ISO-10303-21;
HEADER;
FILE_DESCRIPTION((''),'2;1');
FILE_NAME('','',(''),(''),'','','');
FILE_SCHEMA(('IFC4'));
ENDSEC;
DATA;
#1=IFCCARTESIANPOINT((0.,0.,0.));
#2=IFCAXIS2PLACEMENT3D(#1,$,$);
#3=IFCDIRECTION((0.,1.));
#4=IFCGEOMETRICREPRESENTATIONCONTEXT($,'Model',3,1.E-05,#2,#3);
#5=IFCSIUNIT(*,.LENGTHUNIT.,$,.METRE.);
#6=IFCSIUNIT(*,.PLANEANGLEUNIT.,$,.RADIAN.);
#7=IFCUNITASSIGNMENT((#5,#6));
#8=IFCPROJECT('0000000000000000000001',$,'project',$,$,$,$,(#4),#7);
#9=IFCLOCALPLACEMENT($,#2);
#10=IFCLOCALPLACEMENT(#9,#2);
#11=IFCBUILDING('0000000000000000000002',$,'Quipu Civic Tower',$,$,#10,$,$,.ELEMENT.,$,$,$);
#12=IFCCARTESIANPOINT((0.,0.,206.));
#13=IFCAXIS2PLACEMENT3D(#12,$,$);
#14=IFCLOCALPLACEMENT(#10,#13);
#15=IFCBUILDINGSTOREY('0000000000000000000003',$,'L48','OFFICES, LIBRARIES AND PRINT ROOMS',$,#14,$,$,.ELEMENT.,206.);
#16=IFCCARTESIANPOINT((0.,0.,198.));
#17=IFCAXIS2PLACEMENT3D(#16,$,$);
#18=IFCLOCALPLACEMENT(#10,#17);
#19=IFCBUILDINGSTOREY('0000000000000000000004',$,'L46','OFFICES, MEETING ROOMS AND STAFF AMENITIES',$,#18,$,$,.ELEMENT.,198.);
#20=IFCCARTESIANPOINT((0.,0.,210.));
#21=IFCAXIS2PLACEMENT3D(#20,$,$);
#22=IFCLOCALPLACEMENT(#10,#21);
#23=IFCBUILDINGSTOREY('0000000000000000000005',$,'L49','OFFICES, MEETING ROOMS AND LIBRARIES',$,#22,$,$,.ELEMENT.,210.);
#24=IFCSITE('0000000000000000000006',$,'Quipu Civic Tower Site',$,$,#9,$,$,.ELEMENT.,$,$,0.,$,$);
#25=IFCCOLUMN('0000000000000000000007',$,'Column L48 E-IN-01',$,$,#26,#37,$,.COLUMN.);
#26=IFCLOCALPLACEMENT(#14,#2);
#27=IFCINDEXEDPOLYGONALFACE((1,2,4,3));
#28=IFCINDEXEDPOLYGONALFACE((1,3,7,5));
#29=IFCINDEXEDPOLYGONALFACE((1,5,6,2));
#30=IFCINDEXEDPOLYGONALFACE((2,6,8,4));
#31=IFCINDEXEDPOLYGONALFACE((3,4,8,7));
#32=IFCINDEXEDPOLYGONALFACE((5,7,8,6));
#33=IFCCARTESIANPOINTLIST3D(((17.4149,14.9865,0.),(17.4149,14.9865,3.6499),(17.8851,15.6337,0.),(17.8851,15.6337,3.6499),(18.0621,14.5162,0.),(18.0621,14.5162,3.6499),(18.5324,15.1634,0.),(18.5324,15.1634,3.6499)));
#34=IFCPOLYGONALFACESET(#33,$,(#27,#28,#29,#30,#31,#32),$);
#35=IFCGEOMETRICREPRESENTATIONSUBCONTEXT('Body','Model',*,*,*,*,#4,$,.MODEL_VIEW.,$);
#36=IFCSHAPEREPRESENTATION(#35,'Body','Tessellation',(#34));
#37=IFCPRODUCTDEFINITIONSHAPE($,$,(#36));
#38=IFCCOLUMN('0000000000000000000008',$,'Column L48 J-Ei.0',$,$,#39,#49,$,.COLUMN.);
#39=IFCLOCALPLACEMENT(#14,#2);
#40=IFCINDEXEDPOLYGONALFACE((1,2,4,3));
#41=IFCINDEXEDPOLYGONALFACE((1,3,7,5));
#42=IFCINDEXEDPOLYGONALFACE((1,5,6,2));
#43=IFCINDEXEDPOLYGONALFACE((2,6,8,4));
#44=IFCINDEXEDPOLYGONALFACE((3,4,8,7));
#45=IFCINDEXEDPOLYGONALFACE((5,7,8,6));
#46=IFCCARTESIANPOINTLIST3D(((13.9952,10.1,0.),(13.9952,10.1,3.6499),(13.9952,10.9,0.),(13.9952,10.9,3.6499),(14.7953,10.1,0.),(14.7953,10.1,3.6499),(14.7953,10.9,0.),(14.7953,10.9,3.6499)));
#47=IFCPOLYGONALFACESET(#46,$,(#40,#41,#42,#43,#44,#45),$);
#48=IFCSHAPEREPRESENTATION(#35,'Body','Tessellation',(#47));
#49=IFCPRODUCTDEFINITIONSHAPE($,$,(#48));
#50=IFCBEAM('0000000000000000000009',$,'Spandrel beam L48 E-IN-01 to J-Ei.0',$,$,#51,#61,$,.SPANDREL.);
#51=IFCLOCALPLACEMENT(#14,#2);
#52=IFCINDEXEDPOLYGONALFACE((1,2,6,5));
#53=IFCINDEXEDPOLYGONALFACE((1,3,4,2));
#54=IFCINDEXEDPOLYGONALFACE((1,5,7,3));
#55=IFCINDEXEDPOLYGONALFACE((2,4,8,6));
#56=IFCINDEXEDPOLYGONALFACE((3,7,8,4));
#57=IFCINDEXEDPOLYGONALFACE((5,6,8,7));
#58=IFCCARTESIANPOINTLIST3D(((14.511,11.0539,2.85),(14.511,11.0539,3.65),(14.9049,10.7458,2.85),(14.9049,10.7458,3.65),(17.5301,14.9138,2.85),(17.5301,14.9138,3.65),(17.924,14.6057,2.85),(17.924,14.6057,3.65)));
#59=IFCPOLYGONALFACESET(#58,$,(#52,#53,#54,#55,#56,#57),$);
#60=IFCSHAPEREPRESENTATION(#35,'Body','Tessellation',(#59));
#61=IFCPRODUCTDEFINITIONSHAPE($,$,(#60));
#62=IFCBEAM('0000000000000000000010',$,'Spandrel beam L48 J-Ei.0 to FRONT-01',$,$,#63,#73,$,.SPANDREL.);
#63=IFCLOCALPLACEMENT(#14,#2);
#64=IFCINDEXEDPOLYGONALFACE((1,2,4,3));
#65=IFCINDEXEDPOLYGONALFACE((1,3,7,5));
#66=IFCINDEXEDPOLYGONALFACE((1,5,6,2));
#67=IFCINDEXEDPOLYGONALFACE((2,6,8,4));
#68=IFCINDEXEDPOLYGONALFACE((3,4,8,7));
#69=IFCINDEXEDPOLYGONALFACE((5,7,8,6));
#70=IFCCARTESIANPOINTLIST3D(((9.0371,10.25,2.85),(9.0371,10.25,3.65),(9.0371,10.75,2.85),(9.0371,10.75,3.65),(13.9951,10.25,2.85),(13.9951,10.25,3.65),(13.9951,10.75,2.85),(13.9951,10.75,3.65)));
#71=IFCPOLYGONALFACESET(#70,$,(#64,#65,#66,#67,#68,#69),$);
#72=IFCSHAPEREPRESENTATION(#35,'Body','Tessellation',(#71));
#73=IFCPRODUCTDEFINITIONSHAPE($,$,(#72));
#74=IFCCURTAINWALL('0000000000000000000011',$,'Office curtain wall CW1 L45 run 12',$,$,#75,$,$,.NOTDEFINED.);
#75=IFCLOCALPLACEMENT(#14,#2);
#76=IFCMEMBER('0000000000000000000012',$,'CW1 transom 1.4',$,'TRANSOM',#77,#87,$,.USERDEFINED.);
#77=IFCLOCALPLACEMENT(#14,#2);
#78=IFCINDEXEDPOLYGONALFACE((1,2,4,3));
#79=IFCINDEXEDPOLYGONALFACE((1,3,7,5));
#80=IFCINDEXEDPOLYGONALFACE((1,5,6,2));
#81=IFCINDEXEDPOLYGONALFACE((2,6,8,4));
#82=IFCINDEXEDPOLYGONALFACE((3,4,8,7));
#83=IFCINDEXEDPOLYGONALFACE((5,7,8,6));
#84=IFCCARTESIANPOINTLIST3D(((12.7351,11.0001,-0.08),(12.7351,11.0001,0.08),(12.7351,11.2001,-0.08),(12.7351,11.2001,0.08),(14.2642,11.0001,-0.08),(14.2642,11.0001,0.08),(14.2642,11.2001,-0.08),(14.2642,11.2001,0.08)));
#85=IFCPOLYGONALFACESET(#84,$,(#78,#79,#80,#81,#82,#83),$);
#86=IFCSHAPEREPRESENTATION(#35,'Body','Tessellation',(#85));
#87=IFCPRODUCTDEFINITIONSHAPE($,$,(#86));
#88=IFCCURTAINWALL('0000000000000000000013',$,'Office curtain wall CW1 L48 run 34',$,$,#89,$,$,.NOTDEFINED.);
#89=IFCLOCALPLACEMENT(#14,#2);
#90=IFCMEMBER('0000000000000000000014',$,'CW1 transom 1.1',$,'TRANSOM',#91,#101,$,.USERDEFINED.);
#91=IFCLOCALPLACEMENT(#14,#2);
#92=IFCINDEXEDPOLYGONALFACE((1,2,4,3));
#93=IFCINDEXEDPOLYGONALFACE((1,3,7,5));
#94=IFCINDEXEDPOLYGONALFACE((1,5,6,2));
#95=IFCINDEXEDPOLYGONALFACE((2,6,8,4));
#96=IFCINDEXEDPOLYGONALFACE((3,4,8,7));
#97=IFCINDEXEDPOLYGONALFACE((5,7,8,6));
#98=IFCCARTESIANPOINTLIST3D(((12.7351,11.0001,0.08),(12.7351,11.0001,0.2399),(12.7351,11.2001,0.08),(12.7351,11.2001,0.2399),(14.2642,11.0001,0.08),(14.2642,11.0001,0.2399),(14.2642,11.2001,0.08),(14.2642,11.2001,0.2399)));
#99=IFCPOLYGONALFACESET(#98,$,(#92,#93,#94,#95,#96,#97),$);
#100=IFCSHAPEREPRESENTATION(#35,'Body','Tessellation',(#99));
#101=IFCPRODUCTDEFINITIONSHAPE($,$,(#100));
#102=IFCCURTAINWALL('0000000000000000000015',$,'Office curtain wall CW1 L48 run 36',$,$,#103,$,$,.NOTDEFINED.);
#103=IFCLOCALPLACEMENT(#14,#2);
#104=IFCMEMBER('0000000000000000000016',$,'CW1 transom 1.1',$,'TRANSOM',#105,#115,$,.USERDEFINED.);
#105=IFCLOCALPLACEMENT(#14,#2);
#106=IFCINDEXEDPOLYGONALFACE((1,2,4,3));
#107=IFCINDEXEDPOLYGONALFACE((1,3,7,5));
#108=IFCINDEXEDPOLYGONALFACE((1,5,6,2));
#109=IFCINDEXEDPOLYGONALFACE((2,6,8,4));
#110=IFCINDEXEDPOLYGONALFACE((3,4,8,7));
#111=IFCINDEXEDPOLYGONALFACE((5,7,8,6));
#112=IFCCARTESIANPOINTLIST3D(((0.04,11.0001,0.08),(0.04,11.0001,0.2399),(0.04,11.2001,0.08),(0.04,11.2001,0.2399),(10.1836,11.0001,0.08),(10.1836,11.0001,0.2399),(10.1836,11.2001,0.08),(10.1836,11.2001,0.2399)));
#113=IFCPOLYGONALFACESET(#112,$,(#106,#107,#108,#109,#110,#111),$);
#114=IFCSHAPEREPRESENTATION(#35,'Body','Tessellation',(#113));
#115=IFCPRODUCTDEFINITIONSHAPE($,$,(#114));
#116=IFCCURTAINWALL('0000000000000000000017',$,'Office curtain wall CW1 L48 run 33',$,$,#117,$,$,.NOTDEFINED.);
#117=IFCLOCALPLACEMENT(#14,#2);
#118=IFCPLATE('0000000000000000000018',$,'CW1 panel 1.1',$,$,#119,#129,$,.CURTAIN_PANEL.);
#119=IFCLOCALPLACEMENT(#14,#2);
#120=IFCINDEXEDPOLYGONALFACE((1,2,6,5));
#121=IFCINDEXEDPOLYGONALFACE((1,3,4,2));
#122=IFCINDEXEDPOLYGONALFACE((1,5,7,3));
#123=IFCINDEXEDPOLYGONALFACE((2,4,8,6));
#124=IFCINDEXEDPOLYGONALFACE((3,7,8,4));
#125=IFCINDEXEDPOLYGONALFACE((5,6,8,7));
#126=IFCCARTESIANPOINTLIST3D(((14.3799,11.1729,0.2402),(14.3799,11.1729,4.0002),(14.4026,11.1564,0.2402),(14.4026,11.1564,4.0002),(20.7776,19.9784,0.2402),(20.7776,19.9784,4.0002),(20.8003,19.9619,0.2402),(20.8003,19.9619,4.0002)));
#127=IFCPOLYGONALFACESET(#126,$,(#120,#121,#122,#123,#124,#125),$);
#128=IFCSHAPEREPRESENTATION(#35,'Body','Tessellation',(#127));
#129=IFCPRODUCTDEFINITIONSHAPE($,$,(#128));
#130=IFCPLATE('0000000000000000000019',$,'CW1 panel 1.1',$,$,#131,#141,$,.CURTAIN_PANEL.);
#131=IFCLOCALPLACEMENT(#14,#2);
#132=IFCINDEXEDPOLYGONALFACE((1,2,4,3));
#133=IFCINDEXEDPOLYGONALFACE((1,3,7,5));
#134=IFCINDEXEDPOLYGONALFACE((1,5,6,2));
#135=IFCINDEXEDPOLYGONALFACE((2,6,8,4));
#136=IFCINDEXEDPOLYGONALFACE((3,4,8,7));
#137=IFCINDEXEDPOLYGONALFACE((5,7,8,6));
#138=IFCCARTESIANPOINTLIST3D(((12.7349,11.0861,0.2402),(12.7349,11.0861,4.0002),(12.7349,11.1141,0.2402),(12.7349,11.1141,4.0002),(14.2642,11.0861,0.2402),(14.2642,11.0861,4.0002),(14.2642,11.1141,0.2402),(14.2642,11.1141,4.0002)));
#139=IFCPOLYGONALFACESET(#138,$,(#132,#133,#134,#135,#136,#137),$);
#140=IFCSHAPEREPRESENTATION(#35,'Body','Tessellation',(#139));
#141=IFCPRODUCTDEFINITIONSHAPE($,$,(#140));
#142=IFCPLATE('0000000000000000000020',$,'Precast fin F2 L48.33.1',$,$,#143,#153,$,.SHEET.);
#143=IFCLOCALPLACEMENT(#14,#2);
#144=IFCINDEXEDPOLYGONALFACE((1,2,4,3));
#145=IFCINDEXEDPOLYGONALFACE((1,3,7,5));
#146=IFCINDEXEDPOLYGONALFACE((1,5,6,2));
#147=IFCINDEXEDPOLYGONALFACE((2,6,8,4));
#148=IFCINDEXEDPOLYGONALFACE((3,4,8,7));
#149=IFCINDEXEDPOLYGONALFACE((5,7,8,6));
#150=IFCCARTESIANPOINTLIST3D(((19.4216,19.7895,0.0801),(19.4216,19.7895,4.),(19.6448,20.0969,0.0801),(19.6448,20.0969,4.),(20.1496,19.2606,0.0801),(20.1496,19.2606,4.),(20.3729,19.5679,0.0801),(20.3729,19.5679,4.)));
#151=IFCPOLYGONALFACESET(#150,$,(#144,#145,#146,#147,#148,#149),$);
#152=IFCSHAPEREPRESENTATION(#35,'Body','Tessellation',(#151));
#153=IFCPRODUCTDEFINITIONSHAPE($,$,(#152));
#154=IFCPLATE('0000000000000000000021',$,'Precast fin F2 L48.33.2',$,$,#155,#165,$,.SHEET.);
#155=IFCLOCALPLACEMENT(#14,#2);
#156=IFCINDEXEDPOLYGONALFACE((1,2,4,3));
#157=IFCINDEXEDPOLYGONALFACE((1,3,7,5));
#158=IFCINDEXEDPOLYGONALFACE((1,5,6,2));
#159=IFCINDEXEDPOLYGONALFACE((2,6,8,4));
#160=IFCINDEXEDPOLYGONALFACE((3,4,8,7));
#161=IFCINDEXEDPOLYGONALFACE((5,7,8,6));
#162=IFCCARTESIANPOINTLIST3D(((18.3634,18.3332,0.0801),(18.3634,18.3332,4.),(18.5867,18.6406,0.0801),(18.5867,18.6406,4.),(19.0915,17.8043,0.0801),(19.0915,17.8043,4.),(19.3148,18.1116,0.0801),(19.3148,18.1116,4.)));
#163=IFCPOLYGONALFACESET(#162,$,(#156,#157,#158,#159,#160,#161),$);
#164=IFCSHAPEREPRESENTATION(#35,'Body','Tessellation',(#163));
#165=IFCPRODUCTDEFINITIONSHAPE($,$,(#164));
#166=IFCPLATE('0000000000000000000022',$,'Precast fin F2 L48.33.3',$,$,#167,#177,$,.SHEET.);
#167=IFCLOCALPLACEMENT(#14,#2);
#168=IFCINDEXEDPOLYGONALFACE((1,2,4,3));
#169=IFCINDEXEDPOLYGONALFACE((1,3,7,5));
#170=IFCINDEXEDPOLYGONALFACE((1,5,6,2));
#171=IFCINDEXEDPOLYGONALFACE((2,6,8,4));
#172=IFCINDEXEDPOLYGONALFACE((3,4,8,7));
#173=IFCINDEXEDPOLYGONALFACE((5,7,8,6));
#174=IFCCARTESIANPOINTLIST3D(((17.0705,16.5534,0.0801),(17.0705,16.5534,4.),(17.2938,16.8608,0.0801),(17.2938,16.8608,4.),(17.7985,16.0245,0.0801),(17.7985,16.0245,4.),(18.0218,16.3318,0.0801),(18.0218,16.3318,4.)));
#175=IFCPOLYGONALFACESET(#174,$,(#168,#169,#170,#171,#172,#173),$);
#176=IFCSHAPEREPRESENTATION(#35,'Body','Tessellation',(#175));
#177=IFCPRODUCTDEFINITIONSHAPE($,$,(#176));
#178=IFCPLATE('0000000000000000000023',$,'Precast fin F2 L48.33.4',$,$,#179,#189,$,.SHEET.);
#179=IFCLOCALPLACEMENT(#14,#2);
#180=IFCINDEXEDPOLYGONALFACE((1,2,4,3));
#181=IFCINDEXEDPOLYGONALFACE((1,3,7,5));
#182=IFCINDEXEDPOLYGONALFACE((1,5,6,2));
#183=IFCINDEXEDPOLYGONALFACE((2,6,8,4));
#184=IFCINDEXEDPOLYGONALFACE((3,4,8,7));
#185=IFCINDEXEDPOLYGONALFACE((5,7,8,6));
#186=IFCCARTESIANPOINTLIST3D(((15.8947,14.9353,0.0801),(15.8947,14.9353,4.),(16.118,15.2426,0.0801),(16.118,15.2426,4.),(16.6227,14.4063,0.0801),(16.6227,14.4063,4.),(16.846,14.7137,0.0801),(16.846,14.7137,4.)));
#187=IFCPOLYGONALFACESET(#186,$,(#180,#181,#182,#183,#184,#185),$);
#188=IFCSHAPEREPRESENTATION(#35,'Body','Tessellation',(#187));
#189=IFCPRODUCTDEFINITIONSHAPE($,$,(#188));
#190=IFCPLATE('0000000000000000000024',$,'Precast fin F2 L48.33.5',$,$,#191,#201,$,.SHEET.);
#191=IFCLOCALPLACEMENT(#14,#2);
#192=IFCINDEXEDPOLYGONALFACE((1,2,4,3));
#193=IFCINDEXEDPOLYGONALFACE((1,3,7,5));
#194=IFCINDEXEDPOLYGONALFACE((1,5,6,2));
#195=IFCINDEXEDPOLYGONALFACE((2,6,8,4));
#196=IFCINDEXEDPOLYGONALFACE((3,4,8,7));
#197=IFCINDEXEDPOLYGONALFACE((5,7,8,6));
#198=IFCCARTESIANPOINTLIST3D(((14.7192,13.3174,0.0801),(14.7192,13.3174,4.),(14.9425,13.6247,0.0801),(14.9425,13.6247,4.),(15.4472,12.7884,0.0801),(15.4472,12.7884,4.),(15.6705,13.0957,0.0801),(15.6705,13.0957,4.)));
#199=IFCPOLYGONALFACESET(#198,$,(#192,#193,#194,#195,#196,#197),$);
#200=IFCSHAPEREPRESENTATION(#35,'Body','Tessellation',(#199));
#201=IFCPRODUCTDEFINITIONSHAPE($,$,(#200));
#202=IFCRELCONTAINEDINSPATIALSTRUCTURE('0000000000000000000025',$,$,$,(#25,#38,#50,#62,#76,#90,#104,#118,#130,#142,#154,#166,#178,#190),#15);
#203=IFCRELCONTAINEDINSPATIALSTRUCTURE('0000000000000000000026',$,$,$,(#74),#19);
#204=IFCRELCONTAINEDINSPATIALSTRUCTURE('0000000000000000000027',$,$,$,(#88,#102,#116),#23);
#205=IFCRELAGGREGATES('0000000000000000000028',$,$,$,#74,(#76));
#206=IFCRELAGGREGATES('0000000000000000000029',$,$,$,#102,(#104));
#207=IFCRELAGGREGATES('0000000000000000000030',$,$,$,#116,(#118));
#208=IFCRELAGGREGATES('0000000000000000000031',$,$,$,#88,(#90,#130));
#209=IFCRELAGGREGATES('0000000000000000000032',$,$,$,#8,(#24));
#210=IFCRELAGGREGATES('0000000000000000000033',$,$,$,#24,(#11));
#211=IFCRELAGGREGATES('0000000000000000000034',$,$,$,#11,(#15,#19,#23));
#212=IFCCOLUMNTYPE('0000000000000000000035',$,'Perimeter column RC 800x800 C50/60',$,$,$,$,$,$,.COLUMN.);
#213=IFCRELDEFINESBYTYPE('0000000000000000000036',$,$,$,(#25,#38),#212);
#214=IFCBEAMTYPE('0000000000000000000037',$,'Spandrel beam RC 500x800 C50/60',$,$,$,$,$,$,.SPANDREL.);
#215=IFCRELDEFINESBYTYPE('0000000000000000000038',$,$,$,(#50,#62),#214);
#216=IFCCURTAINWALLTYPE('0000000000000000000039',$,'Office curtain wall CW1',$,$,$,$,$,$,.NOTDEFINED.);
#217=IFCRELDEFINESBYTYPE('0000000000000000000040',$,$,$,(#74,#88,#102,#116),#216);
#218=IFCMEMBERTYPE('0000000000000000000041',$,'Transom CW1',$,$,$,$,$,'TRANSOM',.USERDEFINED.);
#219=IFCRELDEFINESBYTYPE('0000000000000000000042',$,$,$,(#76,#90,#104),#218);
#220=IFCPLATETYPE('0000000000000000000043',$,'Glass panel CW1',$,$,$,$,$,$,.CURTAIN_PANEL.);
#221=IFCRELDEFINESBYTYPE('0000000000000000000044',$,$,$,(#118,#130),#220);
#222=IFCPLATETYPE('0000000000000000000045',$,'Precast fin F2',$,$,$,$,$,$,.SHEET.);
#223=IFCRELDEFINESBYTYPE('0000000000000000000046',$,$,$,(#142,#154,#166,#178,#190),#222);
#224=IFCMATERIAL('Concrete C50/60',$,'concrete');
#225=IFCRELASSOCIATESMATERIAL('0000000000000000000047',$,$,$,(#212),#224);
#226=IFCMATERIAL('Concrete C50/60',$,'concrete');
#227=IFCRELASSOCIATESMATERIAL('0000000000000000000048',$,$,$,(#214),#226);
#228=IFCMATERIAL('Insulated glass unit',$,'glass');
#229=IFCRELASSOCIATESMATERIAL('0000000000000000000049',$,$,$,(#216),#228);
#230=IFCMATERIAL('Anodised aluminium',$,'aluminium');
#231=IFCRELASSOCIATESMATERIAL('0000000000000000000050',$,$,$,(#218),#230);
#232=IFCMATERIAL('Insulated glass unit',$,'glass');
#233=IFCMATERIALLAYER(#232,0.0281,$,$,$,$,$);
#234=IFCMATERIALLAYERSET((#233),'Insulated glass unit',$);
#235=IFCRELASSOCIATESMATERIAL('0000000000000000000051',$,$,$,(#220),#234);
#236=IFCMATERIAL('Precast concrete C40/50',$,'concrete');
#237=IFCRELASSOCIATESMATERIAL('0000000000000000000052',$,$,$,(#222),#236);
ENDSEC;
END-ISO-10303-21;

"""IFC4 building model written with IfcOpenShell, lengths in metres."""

from ifc_helpers import new_model, si_unit, direction, frame, origin, origin_2d, place, context, subcontext, project, spatial, rectangle, extrude, material, layer, layer_set, material_profile, profile_set, type_object, element, aggregate, save


model = new_model("IFC4")

# Units and contexts
model_context = context("Model", 3, precision=1e-05, world=origin(), true_north=direction((0.0, 1.0)))
body_context = subcontext(model_context, "Body", "Model", "MODEL_VIEW")
ifc_project = project(units=[si_unit("LENGTHUNIT", "METRE"), si_unit("PLANEANGLEUNIT", "RADIAN")], contexts=[model_context])

# Site, building, storey
site_placement = place(None, origin())
site = spatial("IfcSite", under=ifc_project, at=site_placement, Name="Quipu Civic Tower Site", CompositionType="ELEMENT", RefElevation=0.0)
building_placement = place(site_placement, origin())
building = spatial("IfcBuilding", under=site, at=building_placement, Name="Quipu Civic Tower", CompositionType="ELEMENT")
storey_1_placement = place(building_placement, frame((0.0, 0.0, 206.0)))
storey_1 = spatial("IfcBuildingStorey", under=building, at=storey_1_placement, Name="L48", Description="OFFICES, LIBRARIES AND PRINT ROOMS", CompositionType="ELEMENT", Elevation=206.0)

# Columns
ifc_material_1 = material(Name="Concrete C50/60", Category="concrete")
ifc_material_profile_1 = material_profile(ifc_material_1, rectangle(XDim=0.8, YDim=0.8, at=origin_2d()), Name="RC800x800")
ifc_profile_set_1 = profile_set([ifc_material_profile_1], Name="Concrete C50/60")
column_type = type_object("IfcColumnType", Name="Perimeter column RC 800x800 C50/60", PredefinedType="COLUMN", material=ifc_profile_set_1)
for number, where, z_axis, x_axis, name in (
    (1, (17.9736, 15.075, 0.0), (0.0, 0.0, 1.0), (-0.587785, -0.809017, 0.0), "Column L48 E-IN-01"),
    (2, (14.3953, 10.5, 0.0), (0.0, 0.0, 1.0), (-1.0, 0.0, 0.0), "Column L48 J-Ei.0"),
):
    element("IfcColumn", number, at=place(storey_1_placement, frame(where, z_axis=z_axis, x_axis=x_axis)), inside=storey_1, type_object=column_type, Name=name, PredefinedType="COLUMN", context=body_context, shape_type="SweptSolid", body=[
        extrude(rectangle(XDim=0.8, YDim=0.8, at=origin_2d()), origin(), (0.0, 0.0, 1.0), 3.6499),
    ])

# Beams
ifc_material_2 = material(Name="Concrete C50/60", Category="concrete")
ifc_material_profile_2 = material_profile(ifc_material_2, rectangle(XDim=0.5, YDim=0.8, at=origin_2d()), Name="RC500x800")
ifc_profile_set_2 = profile_set([ifc_material_profile_2], Name="Concrete C50/60")
beam_type = type_object("IfcBeamType", Name="Spandrel beam RC 500x800 C50/60", PredefinedType="SPANDREL", material=ifc_profile_set_2)
beam_1_placement = place(storey_1_placement, frame((17.7271, 14.7598, 3.25), z_axis=(-0.616091, -0.787675, 0.0), x_axis=(0.787675, -0.616091, 0.0)))
element("IfcBeam", 3, at=beam_1_placement, inside=storey_1, type_object=beam_type, Name="Spandrel beam L48 E-IN-01 to J-Ei.0", PredefinedType="SPANDREL", context=body_context, shape_type="SweptSolid", body=[
    extrude(rectangle(XDim=0.5, YDim=0.8, at=origin_2d()), origin(), (0.0, 0.0, 1.0), 4.9004),
])
beam_2_placement = place(storey_1_placement, frame((13.9951, 10.5, 3.25), z_axis=(-1.0, 0.0, 0.0), x_axis=(0.0, -1.0, 0.0)))
element("IfcBeam", 4, at=beam_2_placement, inside=storey_1, type_object=beam_type, Name="Spandrel beam L48 J-Ei.0 to FRONT-01", PredefinedType="SPANDREL", context=body_context, shape_type="SweptSolid", body=[
    extrude(rectangle(XDim=0.5, YDim=0.8, at=origin_2d()), origin(), (0.0, 0.0, 1.0), 4.958),
])

# Shared definitions
storey_2_placement = place(building_placement, frame((0.0, 0.0, 198.0)))
storey_2 = spatial("IfcBuildingStorey", under=building, at=storey_2_placement, Name="L46", Description="OFFICES, MEETING ROOMS AND STAFF AMENITIES", CompositionType="ELEMENT", Elevation=198.0)

# Curtain wall, member
ifc_material_3 = material(Name="Insulated glass unit", Category="glass")
curtain_wall_type = type_object("IfcCurtainWallType", Name="Office curtain wall CW1", PredefinedType="NOTDEFINED", material=ifc_material_3)
curtain_wall_1_placement = place(storey_2_placement, origin())
curtain_wall_1 = element("IfcCurtainWall", 5, at=curtain_wall_1_placement, inside=storey_2, type_object=curtain_wall_type, Name="Office curtain wall CW1 L45 run 12", PredefinedType="NOTDEFINED")
ifc_material_4 = material(Name="Anodised aluminium", Category="aluminium")
ifc_material_profile_3 = material_profile(ifc_material_4, rectangle(XDim=0.2, YDim=0.1599, at=origin_2d()), Name="RECT 200x160")
ifc_profile_set_3 = profile_set([ifc_material_profile_3], Name="Anodised aluminium")
member_type = type_object("IfcMemberType", Name="Transom CW1", ElementType="TRANSOM", PredefinedType="USERDEFINED", material=ifc_profile_set_3)
member_1_placement = place(storey_1_placement, frame((14.2642, 11.1001, 0.0), z_axis=(-1.0, 0.0, 0.0), x_axis=(0.0, -1.0, 0.0)))
member_1 = element("IfcMember", 6, at=member_1_placement, inside=storey_1, type_object=member_type, Name="CW1 transom 1.4", ObjectType="TRANSOM", PredefinedType="USERDEFINED", context=body_context, shape_type="SweptSolid", body=[
    extrude(rectangle(XDim=0.2, YDim=0.1599, at=origin_2d()), origin(), (0.0, 0.0, 1.0), 1.5291),
])
aggregate(curtain_wall_1, [member_1])

# Shared definitions
storey_3_placement = place(building_placement, frame((0.0, 0.0, 210.0)))
storey_3 = spatial("IfcBuildingStorey", under=building, at=storey_3_placement, Name="L49", Description="OFFICES, MEETING ROOMS AND LIBRARIES", CompositionType="ELEMENT", Elevation=210.0)

# Curtain walls, members
curtain_wall_2_placement = place(storey_3_placement, origin())
curtain_wall_2 = element("IfcCurtainWall", 7, at=curtain_wall_2_placement, inside=storey_3, type_object=curtain_wall_type, Name="Office curtain wall CW1 L48 run 34", PredefinedType="NOTDEFINED")
member_2_placement = place(storey_1_placement, frame((14.2642, 11.1001, 0.1599), z_axis=(-1.0, 0.0, 0.0), x_axis=(0.0, -1.0, 0.0)))
member_2 = element("IfcMember", 8, at=member_2_placement, inside=storey_1, type_object=member_type, Name="CW1 transom 1.1", ObjectType="TRANSOM", PredefinedType="USERDEFINED", context=body_context, shape_type="SweptSolid", body=[
    extrude(rectangle(XDim=0.2, YDim=0.1599, at=origin_2d()), origin(), (0.0, 0.0, 1.0), 1.5291),
])
curtain_wall_3_placement = place(storey_3_placement, origin())
curtain_wall_3 = element("IfcCurtainWall", 9, at=curtain_wall_3_placement, inside=storey_3, type_object=curtain_wall_type, Name="Office curtain wall CW1 L48 run 36", PredefinedType="NOTDEFINED")
member_3_placement = place(storey_1_placement, frame((10.1836, 11.1001, 0.1599), z_axis=(-1.0, 0.0, 0.0), x_axis=(0.0, -1.0, 0.0)))
member_3 = element("IfcMember", 10, at=member_3_placement, inside=storey_1, type_object=member_type, Name="CW1 transom 1.1", ObjectType="TRANSOM", PredefinedType="USERDEFINED", context=body_context, shape_type="SweptSolid", body=[
    extrude(rectangle(XDim=0.2, YDim=0.1599, at=origin_2d()), origin(), (0.0, 0.0, 1.0), 10.1436),
])
aggregate(curtain_wall_3, [member_3])

# Curtain wall, plate
curtain_wall_4_placement = place(storey_3_placement, origin())
curtain_wall_4 = element("IfcCurtainWall", 11, at=curtain_wall_4_placement, inside=storey_3, type_object=curtain_wall_type, Name="Office curtain wall CW1 L48 run 33", PredefinedType="NOTDEFINED")
ifc_material_5 = material(Name="Insulated glass unit", Category="glass")
ifc_layer_1 = layer(ifc_material_5, 0.0281)
ifc_layer_set_1 = layer_set([ifc_layer_1], Name="Insulated glass unit")
plate_type_1 = type_object("IfcPlateType", Name="Glass panel CW1", PredefinedType="CURTAIN_PANEL", material=ifc_layer_set_1)
plate_1_placement = place(storey_1_placement, frame((17.5901, 15.5674, 0.2402), z_axis=(0.0, 0.0, 1.0), x_axis=(-0.587788, -0.809015, 0.0)))
plate_1 = element("IfcPlate", 12, at=plate_1_placement, inside=storey_1, type_object=plate_type_1, Name="CW1 panel 1.1", PredefinedType="CURTAIN_PANEL", context=body_context, shape_type="SweptSolid", body=[
    extrude(rectangle(XDim=10.8843, YDim=0.0281, at=origin_2d()), origin(), (0.0, 0.0, 1.0), 3.76),
])
aggregate(curtain_wall_4, [plate_1])

# Plate
plate_2_placement = place(storey_1_placement, frame((13.4995, 11.1001, 0.2402), z_axis=(0.0, 0.0, 1.0), x_axis=(-1.0, 0.0, 0.0)))
plate_2 = element("IfcPlate", 13, at=plate_2_placement, inside=storey_1, type_object=plate_type_1, Name="CW1 panel 1.1", PredefinedType="CURTAIN_PANEL", context=body_context, shape_type="SweptSolid", body=[
    extrude(rectangle(XDim=1.5293, YDim=0.0281, at=origin_2d()), origin(), (0.0, 0.0, 1.0), 3.76),
])
aggregate(curtain_wall_2, [member_2, plate_2])

# Plates
ifc_material_6 = material(Name="Precast concrete C40/50", Category="concrete")
plate_type_2 = type_object("IfcPlateType", Name="Precast fin F2", PredefinedType="SHEET", material=ifc_material_6)
for number, where, z_axis, x_axis, name in (
    (14, (19.8972, 19.6787, 0.0801), (0.0, 0.0, 1.0), (-0.587784, -0.809018, 0.0), "Precast fin F2 L48.33.1"),
    (15, (18.8391, 18.2224, 0.0801), (0.0, 0.0, 1.0), (-0.587784, -0.809018, 0.0), "Precast fin F2 L48.33.2"),
    (16, (17.5461, 16.4426, 0.0801), (0.0, 0.0, 1.0), (-0.587784, -0.809018, 0.0), "Precast fin F2 L48.33.3"),
    (17, (16.3704, 14.8245, 0.0801), (0.0, 0.0, 1.0), (-0.587784, -0.809018, 0.0), "Precast fin F2 L48.33.4"),
    (18, (15.1948, 13.2065, 0.0801), (0.0, 0.0, 1.0), (-0.587784, -0.809018, 0.0), "Precast fin F2 L48.33.5"),
):
    element("IfcPlate", number, at=place(storey_1_placement, frame(where, z_axis=z_axis, x_axis=x_axis)), inside=storey_1, type_object=plate_type_2, Name=name, PredefinedType="SHEET", context=body_context, shape_type="SweptSolid", body=[
        extrude(rectangle(XDim=0.3799, YDim=0.8999, at=origin_2d()), origin(), (0.0, 0.0, 1.0), 3.9199),
    ])

save(model, "model.ifc")
